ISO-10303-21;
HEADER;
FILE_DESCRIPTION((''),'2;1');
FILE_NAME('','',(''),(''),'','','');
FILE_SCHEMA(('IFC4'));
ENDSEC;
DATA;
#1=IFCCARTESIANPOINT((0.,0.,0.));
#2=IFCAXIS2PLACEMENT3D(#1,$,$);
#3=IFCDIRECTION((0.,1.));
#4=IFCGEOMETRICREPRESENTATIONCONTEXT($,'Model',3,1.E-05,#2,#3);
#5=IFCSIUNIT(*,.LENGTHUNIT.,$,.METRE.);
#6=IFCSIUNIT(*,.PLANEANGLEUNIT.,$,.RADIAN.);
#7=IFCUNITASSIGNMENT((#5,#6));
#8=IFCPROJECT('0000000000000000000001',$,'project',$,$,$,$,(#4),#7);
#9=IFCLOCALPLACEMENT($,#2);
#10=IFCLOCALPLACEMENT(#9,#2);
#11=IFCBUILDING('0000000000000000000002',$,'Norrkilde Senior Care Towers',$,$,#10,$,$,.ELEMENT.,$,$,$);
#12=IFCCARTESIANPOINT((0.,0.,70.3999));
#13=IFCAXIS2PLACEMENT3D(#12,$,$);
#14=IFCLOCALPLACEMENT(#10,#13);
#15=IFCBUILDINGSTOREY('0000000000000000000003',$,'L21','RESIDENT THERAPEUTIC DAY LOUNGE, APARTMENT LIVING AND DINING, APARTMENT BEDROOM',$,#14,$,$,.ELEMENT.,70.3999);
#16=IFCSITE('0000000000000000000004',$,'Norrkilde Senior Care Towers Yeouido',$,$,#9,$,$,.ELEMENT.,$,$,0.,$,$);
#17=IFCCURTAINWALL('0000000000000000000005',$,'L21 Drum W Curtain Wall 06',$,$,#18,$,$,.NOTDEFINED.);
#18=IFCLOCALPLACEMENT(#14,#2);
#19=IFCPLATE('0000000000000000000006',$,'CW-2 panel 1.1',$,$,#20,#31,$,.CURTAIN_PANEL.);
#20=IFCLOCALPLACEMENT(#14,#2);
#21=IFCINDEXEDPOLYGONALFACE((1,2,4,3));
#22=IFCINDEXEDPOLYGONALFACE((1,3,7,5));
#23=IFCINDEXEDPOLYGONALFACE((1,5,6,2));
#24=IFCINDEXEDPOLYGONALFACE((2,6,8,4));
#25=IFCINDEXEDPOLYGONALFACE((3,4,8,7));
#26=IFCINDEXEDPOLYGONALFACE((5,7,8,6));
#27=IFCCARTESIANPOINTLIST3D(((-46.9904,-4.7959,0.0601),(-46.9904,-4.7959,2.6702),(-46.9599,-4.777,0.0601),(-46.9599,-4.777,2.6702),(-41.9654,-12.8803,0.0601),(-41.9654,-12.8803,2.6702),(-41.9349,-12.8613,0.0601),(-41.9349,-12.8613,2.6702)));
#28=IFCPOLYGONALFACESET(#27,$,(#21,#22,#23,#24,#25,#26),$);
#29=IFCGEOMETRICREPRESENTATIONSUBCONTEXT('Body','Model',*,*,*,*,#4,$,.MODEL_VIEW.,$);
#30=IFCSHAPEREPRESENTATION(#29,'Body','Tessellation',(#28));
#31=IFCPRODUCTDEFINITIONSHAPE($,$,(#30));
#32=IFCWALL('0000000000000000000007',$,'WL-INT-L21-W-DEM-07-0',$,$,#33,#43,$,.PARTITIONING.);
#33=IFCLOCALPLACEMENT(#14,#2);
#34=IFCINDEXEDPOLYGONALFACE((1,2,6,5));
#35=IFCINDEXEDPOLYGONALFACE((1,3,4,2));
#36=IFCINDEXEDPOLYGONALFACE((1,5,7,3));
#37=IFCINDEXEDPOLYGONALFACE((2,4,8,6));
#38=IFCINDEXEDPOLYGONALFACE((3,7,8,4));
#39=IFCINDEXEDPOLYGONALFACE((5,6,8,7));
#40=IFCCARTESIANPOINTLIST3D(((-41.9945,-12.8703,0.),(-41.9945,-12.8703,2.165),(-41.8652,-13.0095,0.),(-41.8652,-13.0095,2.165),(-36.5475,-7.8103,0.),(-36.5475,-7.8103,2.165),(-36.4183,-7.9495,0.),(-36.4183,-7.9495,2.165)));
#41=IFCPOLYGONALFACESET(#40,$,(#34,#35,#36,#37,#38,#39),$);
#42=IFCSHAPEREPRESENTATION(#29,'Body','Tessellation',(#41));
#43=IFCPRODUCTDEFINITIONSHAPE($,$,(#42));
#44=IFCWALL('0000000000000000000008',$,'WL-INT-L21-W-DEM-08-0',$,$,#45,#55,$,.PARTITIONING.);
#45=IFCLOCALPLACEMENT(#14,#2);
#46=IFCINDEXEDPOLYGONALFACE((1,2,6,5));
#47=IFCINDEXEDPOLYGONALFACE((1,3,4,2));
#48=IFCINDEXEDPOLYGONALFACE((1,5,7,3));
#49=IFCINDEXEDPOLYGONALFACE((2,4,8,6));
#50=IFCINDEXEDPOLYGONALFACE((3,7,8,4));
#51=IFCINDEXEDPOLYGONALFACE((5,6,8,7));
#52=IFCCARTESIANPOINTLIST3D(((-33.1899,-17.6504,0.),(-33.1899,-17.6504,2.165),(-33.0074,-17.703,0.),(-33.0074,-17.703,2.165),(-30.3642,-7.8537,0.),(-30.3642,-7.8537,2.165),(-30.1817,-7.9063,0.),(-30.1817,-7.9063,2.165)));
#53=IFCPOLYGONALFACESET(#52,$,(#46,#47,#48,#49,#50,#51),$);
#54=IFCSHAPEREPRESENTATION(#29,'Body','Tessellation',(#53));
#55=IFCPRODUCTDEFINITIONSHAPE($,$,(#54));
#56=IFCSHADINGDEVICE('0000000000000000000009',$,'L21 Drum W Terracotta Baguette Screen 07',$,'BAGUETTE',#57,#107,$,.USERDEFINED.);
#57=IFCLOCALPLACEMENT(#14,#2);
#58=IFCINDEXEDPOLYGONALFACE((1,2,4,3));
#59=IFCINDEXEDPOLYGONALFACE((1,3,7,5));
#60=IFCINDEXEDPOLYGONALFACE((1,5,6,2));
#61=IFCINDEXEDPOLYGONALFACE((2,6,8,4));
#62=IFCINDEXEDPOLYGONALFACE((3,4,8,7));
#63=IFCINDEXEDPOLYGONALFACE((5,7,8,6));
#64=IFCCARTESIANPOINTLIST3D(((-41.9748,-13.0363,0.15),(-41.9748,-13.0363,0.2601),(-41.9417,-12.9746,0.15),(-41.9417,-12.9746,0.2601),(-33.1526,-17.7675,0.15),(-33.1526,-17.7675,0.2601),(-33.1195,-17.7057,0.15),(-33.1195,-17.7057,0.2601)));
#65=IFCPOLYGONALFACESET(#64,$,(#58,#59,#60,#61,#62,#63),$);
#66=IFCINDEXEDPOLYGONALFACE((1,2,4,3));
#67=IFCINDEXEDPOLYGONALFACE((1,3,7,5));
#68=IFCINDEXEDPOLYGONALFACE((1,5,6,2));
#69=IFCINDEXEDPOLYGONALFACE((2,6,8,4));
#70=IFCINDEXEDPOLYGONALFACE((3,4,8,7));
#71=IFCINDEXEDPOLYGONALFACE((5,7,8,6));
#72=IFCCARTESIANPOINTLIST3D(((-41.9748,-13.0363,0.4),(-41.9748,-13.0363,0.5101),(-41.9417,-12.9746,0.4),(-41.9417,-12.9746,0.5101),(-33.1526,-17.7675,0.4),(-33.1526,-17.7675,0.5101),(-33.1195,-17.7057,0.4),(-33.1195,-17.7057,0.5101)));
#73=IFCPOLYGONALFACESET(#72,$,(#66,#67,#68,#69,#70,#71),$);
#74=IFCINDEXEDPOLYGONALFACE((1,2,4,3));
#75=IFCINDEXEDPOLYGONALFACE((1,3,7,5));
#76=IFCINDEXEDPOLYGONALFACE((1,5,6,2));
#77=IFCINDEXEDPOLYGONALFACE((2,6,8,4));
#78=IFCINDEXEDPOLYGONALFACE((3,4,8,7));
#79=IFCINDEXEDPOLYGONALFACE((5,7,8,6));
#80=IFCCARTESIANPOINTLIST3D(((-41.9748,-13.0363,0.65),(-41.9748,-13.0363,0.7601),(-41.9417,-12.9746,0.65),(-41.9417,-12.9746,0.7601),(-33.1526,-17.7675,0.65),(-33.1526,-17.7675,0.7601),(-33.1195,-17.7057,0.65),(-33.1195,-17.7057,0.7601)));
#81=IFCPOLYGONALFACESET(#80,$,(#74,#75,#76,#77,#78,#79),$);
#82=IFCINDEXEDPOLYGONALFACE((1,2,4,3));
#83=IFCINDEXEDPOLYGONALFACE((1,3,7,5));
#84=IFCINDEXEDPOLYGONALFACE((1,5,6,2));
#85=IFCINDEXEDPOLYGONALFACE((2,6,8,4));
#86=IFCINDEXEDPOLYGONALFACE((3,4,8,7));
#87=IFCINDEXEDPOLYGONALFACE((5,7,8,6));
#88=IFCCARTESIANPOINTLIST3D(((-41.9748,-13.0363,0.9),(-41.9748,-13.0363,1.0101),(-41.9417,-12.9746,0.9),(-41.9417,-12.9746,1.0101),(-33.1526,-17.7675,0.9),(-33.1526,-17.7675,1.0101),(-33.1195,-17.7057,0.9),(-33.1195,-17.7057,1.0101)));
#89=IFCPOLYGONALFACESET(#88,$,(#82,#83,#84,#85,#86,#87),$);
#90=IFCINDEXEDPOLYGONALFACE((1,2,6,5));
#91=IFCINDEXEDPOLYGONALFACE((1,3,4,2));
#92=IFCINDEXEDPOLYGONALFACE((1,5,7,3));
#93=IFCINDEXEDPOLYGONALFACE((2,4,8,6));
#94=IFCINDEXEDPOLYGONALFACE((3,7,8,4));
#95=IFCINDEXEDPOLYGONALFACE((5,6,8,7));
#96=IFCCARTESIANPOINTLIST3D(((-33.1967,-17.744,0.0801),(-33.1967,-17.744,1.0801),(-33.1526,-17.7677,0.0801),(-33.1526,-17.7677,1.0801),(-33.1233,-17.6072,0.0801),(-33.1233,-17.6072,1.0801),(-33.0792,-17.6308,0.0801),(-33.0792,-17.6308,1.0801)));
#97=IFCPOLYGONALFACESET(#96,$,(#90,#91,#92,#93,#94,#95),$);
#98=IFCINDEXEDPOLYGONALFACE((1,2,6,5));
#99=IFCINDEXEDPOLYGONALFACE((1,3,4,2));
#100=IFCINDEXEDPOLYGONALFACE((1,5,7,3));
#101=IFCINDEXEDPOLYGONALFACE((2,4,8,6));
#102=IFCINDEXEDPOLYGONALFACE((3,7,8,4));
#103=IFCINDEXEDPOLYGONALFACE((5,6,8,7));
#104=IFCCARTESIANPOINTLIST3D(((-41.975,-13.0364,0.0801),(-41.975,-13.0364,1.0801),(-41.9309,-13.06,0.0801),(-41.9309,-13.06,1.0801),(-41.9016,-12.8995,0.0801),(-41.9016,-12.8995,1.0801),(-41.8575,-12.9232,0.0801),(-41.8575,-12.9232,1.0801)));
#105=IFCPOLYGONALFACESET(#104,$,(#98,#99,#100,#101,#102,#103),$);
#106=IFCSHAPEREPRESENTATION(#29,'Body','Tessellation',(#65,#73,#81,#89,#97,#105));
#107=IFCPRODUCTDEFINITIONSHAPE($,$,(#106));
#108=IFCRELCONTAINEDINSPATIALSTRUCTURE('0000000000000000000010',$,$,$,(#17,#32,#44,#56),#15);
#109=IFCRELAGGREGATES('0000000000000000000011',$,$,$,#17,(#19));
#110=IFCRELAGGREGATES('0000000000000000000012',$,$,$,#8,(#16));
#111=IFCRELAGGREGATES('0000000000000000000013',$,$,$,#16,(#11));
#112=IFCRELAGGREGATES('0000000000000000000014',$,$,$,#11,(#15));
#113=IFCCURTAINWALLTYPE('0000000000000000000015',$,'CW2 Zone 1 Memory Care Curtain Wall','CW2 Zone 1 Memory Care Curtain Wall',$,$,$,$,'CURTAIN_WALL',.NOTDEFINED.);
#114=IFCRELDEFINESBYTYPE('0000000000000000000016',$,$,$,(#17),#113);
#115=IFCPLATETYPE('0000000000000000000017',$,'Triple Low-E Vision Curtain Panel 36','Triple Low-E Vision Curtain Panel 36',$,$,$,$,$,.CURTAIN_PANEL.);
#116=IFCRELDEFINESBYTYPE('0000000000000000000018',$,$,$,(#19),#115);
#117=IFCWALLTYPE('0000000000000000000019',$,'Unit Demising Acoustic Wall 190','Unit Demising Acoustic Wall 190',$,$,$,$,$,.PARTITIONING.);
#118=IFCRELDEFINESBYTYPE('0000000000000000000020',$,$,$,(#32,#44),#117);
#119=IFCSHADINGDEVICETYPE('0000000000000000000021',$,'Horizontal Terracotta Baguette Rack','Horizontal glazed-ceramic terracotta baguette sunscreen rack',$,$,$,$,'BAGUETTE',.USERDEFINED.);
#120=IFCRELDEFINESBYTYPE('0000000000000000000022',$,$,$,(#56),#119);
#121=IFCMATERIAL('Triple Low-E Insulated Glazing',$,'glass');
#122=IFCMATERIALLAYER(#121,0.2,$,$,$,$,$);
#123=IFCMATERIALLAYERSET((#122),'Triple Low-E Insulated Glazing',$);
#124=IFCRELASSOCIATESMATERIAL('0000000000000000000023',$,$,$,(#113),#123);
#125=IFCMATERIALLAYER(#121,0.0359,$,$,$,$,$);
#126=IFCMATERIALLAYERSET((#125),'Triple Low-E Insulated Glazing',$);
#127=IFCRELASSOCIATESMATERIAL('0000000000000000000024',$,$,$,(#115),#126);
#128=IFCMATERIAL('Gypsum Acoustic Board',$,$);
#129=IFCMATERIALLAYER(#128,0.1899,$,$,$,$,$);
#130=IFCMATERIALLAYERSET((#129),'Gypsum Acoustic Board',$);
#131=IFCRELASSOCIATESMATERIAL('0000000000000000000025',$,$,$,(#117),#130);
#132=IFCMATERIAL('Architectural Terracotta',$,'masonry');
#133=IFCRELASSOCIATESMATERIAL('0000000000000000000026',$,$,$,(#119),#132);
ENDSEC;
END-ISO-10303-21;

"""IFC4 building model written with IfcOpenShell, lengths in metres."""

from ifc_helpers import new_model, si_unit, direction, frame, frame_2d, origin, origin_2d, place, context, subcontext, project, spatial, rectangle, extrude, source, transform, mapped, material, layer, layer_set, type_object, type_shapes, element, aggregate, save


model = new_model("IFC4")

# Units and contexts
model_context = context("Model", 3, precision=1e-05, world=origin(), true_north=direction((0.0, 1.0)))
body_context = subcontext(model_context, "Body", "Model", "MODEL_VIEW")
ifc_project = project(units=[si_unit("LENGTHUNIT", "METRE"), si_unit("PLANEANGLEUNIT", "RADIAN")], contexts=[model_context])

# Site, building, storey
site_placement = place(None, origin())
site = spatial("IfcSite", under=ifc_project, at=site_placement, Name="Norrkilde Senior Care Towers Yeouido", CompositionType="ELEMENT", RefElevation=0.0)
building_placement = place(site_placement, origin())
building = spatial("IfcBuilding", under=site, at=building_placement, Name="Norrkilde Senior Care Towers", CompositionType="ELEMENT")
storey_placement = place(building_placement, frame((0.0, 0.0, 70.3999)))
storey = spatial("IfcBuildingStorey", under=building, at=storey_placement, Name="L21", Description="RESIDENT THERAPEUTIC DAY LOUNGE, APARTMENT LIVING AND DINING, APARTMENT BEDROOM", CompositionType="ELEMENT", Elevation=70.3999)

# Curtain wall
ifc_material_1 = material(Name="Triple Low-E Insulated Glazing", Category="glass")
ifc_layer_1 = layer(ifc_material_1, 0.2)
ifc_layer_set_1 = layer_set([ifc_layer_1], Name="Triple Low-E Insulated Glazing")
curtain_wall_type = type_object("IfcCurtainWallType", Name="CW2 Zone 1 Memory Care Curtain Wall", Description="CW2 Zone 1 Memory Care Curtain Wall", ElementType="CURTAIN_WALL", PredefinedType="NOTDEFINED", material=ifc_layer_set_1)
curtain_wall_1_placement = place(storey_placement, origin())
curtain_wall_1 = element("IfcCurtainWall", 1, at=curtain_wall_1_placement, inside=storey, type_object=curtain_wall_type, Name="L21 Drum W Curtain Wall 06", PredefinedType="NOTDEFINED")

# Plate
ifc_layer_2 = layer(ifc_material_1, 0.0359)
ifc_layer_set_2 = layer_set([ifc_layer_2], Name="Triple Low-E Insulated Glazing")
plate_type = type_object("IfcPlateType", Name="Triple Low-E Vision Curtain Panel 36", Description="Triple Low-E Vision Curtain Panel 36", PredefinedType="CURTAIN_PANEL", material=ifc_layer_set_2)
shared_shape_1 = source(origin(), body_context, "Body", "SweptSolid", [
    extrude(rectangle(XDim=9.5188, YDim=0.0359, at=origin_2d()), origin(), (0.0, 0.0, 1.0), 2.6101),
])
plate_1_placement = place(storey_placement, frame((-44.4626, -8.8286, 0.0601), z_axis=(0.0, 0.0, 1.0), x_axis=(-0.527901, 0.849306, 0.0)))
plate_1 = element("IfcPlate", 2, at=plate_1_placement, type_object=plate_type, Name="CW-2 panel 1.1", PredefinedType="CURTAIN_PANEL", context=body_context, shape_type="MappedRepresentation", body=[
    mapped(shared_shape_1, transform((0.0, 0.0, 0.0), x_axis=(1.0, 0.0, 0.0), y_axis=(0.0, 1.0, 0.0), z_axis=(0.0, 0.0, 1.0), scale=1.0)),
])
aggregate(curtain_wall_1, [plate_1])

# Shared definitions
ifc_material_2 = material(Name="Gypsum Acoustic Board")

# Walls
ifc_layer_3 = layer(ifc_material_2, 0.1899)
ifc_layer_set_3 = layer_set([ifc_layer_3], Name="Gypsum Acoustic Board")
wall_type_1 = type_object("IfcWallType", Name="Unit Demising Acoustic Wall 190", Description="Unit Demising Acoustic Wall 190", PredefinedType="PARTITIONING", material=ifc_layer_set_3)
shared_shape_2 = source(origin(), body_context, "Body", "SweptSolid", [
    extrude(rectangle(XDim=7.4346, YDim=0.1899, at=frame_2d((3.7173, 0.0))), origin(), (0.0, 0.0, 1.0), 2.165),
])
wall_1_placement = place(storey_placement, frame((-36.4829, -7.8799, 0.0), z_axis=(0.0, 0.0, 1.0), x_axis=(-0.732652, -0.680603, 0.0)))
element("IfcWall", 3, at=wall_1_placement, inside=storey, type_object=wall_type_1, Name="WL-INT-L21-W-DEM-07-0", PredefinedType="PARTITIONING", context=body_context, shape_type="MappedRepresentation", body=[
    mapped(shared_shape_2, transform((0.0, 0.0, 0.0), x_axis=(1.0, 0.0, 0.0), y_axis=(0.0, 1.0, 0.0), z_axis=(0.0, 0.0, 1.0), scale=1.0)),
])
shared_shape_3 = source(origin(), body_context, "Body", "SweptSolid", [
    extrude(rectangle(XDim=10.196, YDim=0.1899, at=frame_2d((5.0981, 0.0))), origin(), (0.0, 0.0, 1.0), 2.165),
])
type_shapes(wall_type_1, [shared_shape_2, shared_shape_3])
wall_2_placement = place(storey_placement, frame((-30.2729, -7.8799, 0.0), z_axis=(0.0, 0.0, 1.0), x_axis=(-0.277136, -0.960831, 0.0)))
element("IfcWall", 4, at=wall_2_placement, inside=storey, type_object=wall_type_1, Name="WL-INT-L21-W-DEM-08-0", PredefinedType="PARTITIONING", context=body_context, shape_type="MappedRepresentation", body=[
    mapped(shared_shape_3, transform((0.0, 0.0, 0.0), x_axis=(1.0, 0.0, 0.0), y_axis=(0.0, 1.0, 0.0), z_axis=(0.0, 0.0, 1.0), scale=1.0)),
])

# Shading device
ifc_material_3 = material(Name="Architectural Terracotta", Category="masonry")
shading_device_type = type_object("IfcShadingDeviceType", Name="Horizontal Terracotta Baguette Rack", Description="Horizontal glazed-ceramic terracotta baguette sunscreen rack", ElementType="BAGUETTE", PredefinedType="USERDEFINED", material=ifc_material_3)
shared_shape_4 = source(origin(), body_context, "Body", "SweptSolid", [
    extrude(rectangle(XDim=0.0701, YDim=0.1101, at=origin_2d()), frame((0.0, 0.0901, 0.125), z_axis=(1.0, 0.0, 0.0), x_axis=(0.0, 1.0, 0.0)), (0.0, 0.0, 1.0), 10.0107),
    extrude(rectangle(XDim=0.0701, YDim=0.1101, at=origin_2d()), frame((0.0, 0.0901, 0.375), z_axis=(1.0, 0.0, 0.0), x_axis=(0.0, 1.0, 0.0)), (0.0, 0.0, 1.0), 10.0107),
    extrude(rectangle(XDim=0.0701, YDim=0.1101, at=origin_2d()), frame((0.0, 0.0901, 0.625), z_axis=(1.0, 0.0, 0.0), x_axis=(0.0, 1.0, 0.0)), (0.0, 0.0, 1.0), 10.0107),
    extrude(rectangle(XDim=0.0701, YDim=0.1101, at=origin_2d()), frame((0.0, 0.0901, 0.875), z_axis=(1.0, 0.0, 0.0), x_axis=(0.0, 1.0, 0.0)), (0.0, 0.0, 1.0), 10.0107),
    extrude(rectangle(XDim=0.05, YDim=0.1553, at=origin_2d()), frame((0.0249, 0.0476, 0.0)), (0.0, 0.0, 1.0), 1.0),
    extrude(rectangle(XDim=0.05, YDim=0.1553, at=origin_2d()), frame((9.9858, 0.0476, 0.0)), (0.0, 0.0, 1.0), 1.0),
])
type_shapes(shading_device_type, [shared_shape_4])
shading_device_placement = place(storey_placement, frame((-33.0935, -17.6572, 0.0801), z_axis=(0.0, 0.0, 1.0), x_axis=(-0.88128, 0.472612, 0.0)))
element("IfcShadingDevice", 5, at=shading_device_placement, inside=storey, type_object=shading_device_type, Name="L21 Drum W Terracotta Baguette Screen 07", ObjectType="BAGUETTE", PredefinedType="USERDEFINED", context=body_context, shape_type="MappedRepresentation", body=[
    mapped(shared_shape_4, transform((0.0, 0.0, 0.0), x_axis=(1.0, 0.0, 0.0), y_axis=(0.0, 1.0, 0.0), z_axis=(0.0, 0.0, 1.0), scale=1.0)),
])

save(model, "model.ifc")
